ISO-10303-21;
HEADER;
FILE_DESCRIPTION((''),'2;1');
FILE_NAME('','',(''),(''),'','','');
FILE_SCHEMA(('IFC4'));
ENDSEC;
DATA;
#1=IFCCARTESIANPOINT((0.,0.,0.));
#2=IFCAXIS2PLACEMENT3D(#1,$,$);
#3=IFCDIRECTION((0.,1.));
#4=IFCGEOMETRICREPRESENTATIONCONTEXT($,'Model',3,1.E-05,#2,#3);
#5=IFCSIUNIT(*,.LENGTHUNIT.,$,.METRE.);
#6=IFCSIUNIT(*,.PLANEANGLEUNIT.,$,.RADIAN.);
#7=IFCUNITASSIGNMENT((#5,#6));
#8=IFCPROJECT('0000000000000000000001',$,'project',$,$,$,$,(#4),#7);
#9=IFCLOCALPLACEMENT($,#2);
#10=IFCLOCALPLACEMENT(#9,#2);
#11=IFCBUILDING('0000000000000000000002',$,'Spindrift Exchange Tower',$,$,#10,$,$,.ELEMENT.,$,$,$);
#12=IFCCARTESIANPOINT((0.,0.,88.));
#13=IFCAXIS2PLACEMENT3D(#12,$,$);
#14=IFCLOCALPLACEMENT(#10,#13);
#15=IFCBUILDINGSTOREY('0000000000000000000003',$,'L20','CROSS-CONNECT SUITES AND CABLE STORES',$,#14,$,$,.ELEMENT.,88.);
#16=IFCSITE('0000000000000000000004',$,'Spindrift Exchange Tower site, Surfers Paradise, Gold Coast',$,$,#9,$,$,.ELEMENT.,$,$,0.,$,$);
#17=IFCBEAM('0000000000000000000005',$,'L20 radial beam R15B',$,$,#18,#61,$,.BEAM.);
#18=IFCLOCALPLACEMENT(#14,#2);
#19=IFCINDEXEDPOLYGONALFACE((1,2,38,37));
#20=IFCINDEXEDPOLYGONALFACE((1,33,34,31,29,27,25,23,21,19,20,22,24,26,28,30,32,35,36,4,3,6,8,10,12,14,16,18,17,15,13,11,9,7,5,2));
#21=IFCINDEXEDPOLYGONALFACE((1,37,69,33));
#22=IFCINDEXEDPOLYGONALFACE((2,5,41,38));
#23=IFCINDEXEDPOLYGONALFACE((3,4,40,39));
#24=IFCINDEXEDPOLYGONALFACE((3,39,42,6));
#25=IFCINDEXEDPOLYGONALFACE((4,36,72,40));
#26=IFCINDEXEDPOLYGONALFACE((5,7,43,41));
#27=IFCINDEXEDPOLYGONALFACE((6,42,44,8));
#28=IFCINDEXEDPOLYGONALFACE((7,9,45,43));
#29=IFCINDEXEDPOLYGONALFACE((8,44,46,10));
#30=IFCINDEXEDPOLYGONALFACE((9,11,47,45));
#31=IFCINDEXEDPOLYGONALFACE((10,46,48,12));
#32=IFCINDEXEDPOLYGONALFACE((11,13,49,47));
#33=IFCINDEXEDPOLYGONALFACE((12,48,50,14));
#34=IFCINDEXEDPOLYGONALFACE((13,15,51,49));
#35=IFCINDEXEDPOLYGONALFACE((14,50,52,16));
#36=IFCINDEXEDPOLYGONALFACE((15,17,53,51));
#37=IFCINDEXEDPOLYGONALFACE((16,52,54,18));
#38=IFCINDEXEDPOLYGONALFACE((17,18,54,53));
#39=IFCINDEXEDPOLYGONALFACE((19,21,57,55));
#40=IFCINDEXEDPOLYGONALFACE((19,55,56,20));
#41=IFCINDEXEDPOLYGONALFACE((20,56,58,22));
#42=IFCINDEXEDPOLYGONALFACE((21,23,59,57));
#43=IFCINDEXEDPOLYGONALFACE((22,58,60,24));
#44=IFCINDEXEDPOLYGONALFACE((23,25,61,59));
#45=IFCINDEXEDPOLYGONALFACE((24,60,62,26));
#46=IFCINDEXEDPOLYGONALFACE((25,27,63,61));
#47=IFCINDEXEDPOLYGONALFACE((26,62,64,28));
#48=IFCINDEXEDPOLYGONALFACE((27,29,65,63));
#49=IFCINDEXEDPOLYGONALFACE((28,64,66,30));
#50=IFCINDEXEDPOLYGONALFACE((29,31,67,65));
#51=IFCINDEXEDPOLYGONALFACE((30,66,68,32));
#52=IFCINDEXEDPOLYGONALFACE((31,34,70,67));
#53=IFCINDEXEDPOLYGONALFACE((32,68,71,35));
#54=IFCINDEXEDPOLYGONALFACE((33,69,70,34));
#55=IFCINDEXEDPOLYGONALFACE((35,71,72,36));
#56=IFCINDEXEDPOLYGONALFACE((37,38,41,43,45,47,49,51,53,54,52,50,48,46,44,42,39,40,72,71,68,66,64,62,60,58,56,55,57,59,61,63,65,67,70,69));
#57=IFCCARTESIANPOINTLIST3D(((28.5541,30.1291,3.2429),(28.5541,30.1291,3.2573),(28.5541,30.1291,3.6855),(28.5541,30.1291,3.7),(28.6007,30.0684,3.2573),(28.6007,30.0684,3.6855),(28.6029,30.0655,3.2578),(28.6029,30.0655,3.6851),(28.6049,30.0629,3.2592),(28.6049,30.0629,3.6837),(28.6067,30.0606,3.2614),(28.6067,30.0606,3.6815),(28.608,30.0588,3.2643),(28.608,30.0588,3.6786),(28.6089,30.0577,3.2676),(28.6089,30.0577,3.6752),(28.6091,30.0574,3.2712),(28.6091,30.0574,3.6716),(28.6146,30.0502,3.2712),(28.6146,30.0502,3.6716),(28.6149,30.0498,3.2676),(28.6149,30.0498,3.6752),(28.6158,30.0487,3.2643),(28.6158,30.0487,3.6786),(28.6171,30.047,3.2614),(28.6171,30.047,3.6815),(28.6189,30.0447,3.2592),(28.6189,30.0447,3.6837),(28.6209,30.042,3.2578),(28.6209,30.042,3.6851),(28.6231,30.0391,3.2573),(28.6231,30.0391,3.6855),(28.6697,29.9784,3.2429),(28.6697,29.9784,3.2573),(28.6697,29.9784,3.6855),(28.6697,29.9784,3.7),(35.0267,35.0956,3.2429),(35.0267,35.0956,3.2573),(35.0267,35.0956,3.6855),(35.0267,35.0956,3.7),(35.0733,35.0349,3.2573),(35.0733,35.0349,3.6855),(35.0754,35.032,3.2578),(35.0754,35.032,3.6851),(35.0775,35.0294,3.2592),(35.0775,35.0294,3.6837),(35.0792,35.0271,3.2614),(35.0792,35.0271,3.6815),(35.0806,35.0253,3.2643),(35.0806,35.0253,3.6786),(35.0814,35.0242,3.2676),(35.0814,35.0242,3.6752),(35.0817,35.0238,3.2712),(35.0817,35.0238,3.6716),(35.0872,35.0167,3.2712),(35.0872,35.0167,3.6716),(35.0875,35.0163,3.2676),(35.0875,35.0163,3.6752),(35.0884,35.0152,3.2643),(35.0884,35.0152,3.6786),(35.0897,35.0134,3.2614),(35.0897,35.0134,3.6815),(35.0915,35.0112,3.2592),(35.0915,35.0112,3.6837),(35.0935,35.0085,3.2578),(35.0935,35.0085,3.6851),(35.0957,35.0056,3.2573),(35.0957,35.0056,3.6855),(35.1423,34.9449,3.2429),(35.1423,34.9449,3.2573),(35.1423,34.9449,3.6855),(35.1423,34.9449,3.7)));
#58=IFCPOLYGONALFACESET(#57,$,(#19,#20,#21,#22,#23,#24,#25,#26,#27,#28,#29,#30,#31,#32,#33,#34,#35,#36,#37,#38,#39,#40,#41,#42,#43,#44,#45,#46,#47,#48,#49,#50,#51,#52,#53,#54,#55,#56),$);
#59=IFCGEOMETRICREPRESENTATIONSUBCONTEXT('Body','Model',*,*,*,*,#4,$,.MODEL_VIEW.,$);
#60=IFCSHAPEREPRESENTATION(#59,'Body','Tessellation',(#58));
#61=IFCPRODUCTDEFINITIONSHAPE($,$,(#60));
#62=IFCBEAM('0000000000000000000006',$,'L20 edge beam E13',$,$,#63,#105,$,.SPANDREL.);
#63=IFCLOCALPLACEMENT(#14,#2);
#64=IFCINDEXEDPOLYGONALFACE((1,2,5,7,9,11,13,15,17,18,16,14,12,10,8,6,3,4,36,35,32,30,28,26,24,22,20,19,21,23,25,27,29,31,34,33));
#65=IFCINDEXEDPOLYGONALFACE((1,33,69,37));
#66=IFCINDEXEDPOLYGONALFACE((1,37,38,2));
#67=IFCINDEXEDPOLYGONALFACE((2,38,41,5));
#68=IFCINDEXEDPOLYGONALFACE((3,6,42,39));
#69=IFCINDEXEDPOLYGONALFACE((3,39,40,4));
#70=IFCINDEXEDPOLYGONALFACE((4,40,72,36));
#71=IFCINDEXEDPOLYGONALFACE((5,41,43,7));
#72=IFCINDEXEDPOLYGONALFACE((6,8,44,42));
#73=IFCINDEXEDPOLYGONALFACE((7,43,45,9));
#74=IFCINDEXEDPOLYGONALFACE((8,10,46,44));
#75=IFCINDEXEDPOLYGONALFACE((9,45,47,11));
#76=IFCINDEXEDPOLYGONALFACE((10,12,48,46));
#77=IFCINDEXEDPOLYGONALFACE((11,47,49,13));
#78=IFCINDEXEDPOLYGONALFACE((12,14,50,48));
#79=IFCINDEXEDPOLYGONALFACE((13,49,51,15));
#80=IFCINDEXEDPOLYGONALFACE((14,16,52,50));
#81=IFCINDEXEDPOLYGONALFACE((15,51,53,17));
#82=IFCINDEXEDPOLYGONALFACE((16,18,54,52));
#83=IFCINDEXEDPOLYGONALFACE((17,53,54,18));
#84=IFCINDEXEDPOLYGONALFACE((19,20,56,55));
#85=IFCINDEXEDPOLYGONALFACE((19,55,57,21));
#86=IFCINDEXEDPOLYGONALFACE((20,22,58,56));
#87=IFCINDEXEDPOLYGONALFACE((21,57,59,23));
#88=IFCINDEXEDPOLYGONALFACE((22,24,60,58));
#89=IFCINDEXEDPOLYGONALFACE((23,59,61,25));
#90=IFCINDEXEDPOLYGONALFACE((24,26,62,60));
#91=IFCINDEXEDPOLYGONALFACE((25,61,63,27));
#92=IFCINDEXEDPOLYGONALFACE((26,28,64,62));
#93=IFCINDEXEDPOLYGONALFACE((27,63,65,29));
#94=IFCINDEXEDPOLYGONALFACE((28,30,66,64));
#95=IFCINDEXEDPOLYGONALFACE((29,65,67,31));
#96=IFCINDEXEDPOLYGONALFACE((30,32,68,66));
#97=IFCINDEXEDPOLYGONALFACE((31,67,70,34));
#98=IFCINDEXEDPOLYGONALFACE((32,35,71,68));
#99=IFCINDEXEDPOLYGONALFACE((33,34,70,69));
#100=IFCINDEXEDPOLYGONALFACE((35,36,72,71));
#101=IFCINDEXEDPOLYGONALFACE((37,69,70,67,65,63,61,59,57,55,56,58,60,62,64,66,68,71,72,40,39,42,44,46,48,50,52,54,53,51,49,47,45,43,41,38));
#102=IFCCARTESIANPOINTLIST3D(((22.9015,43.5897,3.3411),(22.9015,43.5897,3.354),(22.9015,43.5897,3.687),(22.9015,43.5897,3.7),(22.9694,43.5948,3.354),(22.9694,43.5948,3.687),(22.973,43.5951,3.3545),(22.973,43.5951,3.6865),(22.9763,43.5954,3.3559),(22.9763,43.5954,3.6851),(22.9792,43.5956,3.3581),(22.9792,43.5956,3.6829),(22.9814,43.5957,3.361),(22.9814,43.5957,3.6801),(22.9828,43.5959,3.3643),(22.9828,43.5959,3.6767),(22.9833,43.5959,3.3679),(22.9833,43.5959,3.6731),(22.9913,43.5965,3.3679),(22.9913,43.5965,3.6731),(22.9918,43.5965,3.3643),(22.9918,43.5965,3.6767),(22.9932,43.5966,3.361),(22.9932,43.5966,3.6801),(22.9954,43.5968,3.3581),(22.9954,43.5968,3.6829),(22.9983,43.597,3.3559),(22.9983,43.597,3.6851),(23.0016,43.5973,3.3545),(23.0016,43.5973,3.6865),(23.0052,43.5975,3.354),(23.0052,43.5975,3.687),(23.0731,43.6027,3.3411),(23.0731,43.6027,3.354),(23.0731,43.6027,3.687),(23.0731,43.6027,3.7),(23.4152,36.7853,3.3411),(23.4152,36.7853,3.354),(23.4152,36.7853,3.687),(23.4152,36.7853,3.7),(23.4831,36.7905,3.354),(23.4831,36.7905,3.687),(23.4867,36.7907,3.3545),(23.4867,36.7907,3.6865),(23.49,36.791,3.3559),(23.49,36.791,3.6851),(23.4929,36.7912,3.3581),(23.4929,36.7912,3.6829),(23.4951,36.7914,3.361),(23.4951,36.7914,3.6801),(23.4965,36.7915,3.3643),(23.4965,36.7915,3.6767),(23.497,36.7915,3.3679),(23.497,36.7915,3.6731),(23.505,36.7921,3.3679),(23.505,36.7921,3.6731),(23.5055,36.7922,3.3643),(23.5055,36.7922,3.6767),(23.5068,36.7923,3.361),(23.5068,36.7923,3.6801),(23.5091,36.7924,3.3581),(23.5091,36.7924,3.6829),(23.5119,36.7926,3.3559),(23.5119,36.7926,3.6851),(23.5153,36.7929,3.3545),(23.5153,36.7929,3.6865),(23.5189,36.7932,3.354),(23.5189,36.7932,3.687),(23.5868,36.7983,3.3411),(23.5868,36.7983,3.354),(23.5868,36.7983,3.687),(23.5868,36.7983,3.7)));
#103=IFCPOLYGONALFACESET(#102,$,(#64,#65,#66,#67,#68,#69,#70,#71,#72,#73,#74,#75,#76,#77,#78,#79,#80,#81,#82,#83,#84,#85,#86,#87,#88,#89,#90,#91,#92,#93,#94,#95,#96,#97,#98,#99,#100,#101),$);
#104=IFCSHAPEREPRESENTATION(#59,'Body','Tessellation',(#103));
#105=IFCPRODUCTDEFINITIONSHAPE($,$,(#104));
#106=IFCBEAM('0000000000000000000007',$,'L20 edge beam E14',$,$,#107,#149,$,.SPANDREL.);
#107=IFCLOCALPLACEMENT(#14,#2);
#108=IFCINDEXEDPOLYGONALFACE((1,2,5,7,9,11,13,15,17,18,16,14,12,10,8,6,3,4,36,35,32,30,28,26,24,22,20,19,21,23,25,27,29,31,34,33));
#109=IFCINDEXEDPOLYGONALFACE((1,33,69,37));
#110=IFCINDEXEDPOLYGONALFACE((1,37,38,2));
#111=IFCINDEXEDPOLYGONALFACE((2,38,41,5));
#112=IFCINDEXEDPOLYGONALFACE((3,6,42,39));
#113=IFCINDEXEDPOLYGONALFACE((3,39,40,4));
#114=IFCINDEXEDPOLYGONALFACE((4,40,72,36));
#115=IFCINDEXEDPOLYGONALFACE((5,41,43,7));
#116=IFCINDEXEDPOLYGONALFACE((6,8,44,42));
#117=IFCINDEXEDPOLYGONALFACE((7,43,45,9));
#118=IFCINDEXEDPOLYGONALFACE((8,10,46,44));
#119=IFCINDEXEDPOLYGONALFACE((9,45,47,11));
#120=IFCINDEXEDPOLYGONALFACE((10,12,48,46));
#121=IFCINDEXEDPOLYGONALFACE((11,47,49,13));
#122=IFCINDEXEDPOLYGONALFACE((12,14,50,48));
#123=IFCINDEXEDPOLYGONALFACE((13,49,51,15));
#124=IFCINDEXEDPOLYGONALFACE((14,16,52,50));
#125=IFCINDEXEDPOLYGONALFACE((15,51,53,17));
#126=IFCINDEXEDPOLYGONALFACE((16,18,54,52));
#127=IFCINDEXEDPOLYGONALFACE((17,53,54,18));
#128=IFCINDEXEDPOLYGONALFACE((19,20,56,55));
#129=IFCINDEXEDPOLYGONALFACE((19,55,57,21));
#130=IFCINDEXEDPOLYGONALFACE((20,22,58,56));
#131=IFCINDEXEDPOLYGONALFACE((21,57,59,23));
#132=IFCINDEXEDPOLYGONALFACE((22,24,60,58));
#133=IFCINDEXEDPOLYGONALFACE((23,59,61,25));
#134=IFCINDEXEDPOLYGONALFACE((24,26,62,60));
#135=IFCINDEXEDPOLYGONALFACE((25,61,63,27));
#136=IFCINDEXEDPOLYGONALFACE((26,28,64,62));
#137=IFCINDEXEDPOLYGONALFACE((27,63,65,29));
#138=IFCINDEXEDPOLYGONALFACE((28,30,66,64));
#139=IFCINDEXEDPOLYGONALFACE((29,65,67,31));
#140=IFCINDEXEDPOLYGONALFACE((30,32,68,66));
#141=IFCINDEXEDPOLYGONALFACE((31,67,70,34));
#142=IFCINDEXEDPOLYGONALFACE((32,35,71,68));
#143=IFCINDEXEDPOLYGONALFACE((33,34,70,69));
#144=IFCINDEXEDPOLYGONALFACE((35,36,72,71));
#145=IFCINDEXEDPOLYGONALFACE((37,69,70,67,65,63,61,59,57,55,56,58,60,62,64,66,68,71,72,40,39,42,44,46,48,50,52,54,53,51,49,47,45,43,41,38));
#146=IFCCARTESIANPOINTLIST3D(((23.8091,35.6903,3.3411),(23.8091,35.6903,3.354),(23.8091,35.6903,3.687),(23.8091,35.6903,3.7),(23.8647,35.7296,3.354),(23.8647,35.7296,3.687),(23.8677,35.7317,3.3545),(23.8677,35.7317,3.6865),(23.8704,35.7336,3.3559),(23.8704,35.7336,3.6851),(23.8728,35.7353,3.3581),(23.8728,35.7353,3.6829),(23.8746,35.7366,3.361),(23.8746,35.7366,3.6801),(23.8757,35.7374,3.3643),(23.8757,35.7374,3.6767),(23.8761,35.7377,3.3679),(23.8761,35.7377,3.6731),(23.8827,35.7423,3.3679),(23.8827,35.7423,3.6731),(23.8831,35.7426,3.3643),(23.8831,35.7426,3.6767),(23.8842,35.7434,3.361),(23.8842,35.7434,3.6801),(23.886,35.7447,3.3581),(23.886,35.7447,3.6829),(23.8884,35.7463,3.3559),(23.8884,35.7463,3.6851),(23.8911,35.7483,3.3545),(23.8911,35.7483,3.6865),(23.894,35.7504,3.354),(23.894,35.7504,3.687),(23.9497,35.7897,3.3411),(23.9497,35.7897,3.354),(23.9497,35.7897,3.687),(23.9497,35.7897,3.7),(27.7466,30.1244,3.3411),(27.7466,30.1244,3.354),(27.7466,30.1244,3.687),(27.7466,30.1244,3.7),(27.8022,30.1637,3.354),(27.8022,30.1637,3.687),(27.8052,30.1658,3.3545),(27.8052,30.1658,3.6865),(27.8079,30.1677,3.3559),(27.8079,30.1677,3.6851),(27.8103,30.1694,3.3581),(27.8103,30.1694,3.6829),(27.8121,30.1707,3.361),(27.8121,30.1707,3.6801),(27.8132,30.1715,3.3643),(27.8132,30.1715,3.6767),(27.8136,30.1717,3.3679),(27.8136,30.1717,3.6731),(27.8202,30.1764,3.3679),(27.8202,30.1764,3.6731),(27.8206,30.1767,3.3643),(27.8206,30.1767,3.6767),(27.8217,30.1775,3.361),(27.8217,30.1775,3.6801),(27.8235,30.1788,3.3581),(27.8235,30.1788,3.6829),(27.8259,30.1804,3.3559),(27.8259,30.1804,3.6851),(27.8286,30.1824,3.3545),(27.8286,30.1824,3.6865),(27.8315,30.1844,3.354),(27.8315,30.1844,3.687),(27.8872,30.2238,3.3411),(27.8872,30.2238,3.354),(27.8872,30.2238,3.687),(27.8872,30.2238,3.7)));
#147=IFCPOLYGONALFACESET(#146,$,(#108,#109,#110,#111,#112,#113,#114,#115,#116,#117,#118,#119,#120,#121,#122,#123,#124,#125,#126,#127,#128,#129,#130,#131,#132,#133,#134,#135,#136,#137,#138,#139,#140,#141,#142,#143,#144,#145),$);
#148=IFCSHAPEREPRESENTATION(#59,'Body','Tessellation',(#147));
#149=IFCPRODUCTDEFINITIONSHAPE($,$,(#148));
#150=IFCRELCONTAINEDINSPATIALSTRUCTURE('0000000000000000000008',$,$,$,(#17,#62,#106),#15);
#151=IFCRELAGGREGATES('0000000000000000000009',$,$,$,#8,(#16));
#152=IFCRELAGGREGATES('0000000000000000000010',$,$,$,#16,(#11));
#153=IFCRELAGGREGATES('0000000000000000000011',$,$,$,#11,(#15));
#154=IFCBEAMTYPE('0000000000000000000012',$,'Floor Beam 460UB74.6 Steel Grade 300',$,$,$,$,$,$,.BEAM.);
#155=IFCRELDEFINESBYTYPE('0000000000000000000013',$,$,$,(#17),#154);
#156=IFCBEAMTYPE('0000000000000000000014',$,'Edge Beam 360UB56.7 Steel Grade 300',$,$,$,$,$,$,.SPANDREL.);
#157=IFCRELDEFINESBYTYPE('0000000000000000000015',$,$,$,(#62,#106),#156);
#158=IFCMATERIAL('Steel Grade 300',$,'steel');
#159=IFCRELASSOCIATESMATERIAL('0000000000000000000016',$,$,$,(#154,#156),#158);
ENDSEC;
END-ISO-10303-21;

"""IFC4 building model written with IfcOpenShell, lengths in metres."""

from ifc_helpers import new_model, si_unit, direction, frame, origin, origin_2d, place, context, subcontext, project, spatial, i_section, extrude, source, transform, mapped, material, material_profile, profile_set, type_object, element, save


model = new_model("IFC4")

# Units and contexts
model_context = context("Model", 3, precision=1e-05, world=origin(), true_north=direction((0.0, 1.0)))
body_context = subcontext(model_context, "Body", "Model", "MODEL_VIEW")
ifc_project = project(units=[si_unit("LENGTHUNIT", "METRE"), si_unit("PLANEANGLEUNIT", "RADIAN")], contexts=[model_context])

# Site, building, storey
site_placement = place(None, origin())
site = spatial("IfcSite", under=ifc_project, at=site_placement, Name="Spindrift Exchange Tower site, Surfers Paradise, Gold Coast", CompositionType="ELEMENT", RefElevation=0.0)
building_placement = place(site_placement, origin())
building = spatial("IfcBuilding", under=site, at=building_placement, Name="Spindrift Exchange Tower", CompositionType="ELEMENT")
storey_placement = place(building_placement, frame((0.0, 0.0, 88.0)))
storey = spatial("IfcBuildingStorey", under=building, at=storey_placement, Name="L20", Description="CROSS-CONNECT SUITES AND CABLE STORES", CompositionType="ELEMENT", Elevation=88.0)

# Beams
ifc_material_1 = material(Name="Steel Grade 300", Category="steel")
ifc_material_profile_1 = material_profile(ifc_material_1, i_section(OverallWidth=0.1899, OverallDepth=0.457, WebThickness=0.009, FlangeThickness=0.0144, FilletRadius=0.0139, at=origin_2d()), Name="460UB74.6")
ifc_profile_set_1 = profile_set([ifc_material_profile_1], Name="Steel Grade 300")
beam_type_1 = type_object("IfcBeamType", Name="Floor Beam 460UB74.6 Steel Grade 300", PredefinedType="BEAM", material=ifc_profile_set_1)
shared_shape_1 = source(origin(), body_context, "Body", "SweptSolid", [
    extrude(i_section(OverallWidth=0.1899, OverallDepth=0.457, WebThickness=0.009, FlangeThickness=0.0144, FilletRadius=0.0139, at=origin_2d()), origin(), (0.0, 0.0, 1.0), 8.1584),
])
beam_1_placement = place(storey_placement, frame((35.0845, 35.0203, 3.4714), z_axis=(-0.793359, -0.608754, 0.0), x_axis=(0.608754, -0.793359, 0.0)))
element("IfcBeam", 1, at=beam_1_placement, inside=storey, type_object=beam_type_1, Name="L20 radial beam R15B", PredefinedType="BEAM", context=body_context, shape_type="MappedRepresentation", body=[
    mapped(shared_shape_1, transform((0.0, 0.0, 0.0), scale=1.0)),
])
ifc_material_profile_2 = material_profile(ifc_material_1, i_section(OverallWidth=0.1721, OverallDepth=0.3589, WebThickness=0.0081, FlangeThickness=0.0129, FilletRadius=0.0139, at=origin_2d()), Name="360UB56.7")
ifc_profile_set_2 = profile_set([ifc_material_profile_2], Name="Steel Grade 300")
beam_type_2 = type_object("IfcBeamType", Name="Edge Beam 360UB56.7 Steel Grade 300", PredefinedType="SPANDREL", material=ifc_profile_set_2)
shared_shape_2 = source(origin(), body_context, "Body", "SweptSolid", [
    extrude(i_section(OverallWidth=0.1721, OverallDepth=0.3589, WebThickness=0.0081, FlangeThickness=0.0129, FilletRadius=0.0139, at=origin_2d()), origin(), (0.0, 0.0, 1.0), 6.8237),
])
beam_2_placement = place(storey_placement, frame((22.9873, 43.5962, 3.5205), z_axis=(0.075276, -0.997163, 0.0), x_axis=(0.997163, 0.075276, 0.0)))
element("IfcBeam", 2, at=beam_2_placement, inside=storey, type_object=beam_type_2, Name="L20 edge beam E13", PredefinedType="SPANDREL", context=body_context, shape_type="MappedRepresentation", body=[
    mapped(shared_shape_2, transform((0.0, 0.0, 0.0), scale=1.0)),
])
shared_shape_3 = source(origin(), body_context, "Body", "SweptSolid", [
    extrude(i_section(OverallWidth=0.1721, OverallDepth=0.3589, WebThickness=0.0081, FlangeThickness=0.0129, FilletRadius=0.0139, at=origin_2d()), origin(), (0.0, 0.0, 1.0), 6.8179),
])
beam_3_placement = place(storey_placement, frame((23.8794, 35.74, 3.5205), z_axis=(0.577526, -0.816372, 0.0), x_axis=(0.816372, 0.577526, 0.0)))
element("IfcBeam", 3, at=beam_3_placement, inside=storey, type_object=beam_type_2, Name="L20 edge beam E14", PredefinedType="SPANDREL", context=body_context, shape_type="MappedRepresentation", body=[
    mapped(shared_shape_3, transform((0.0, 0.0, 0.0), scale=1.0)),
])

save(model, "model.ifc")
